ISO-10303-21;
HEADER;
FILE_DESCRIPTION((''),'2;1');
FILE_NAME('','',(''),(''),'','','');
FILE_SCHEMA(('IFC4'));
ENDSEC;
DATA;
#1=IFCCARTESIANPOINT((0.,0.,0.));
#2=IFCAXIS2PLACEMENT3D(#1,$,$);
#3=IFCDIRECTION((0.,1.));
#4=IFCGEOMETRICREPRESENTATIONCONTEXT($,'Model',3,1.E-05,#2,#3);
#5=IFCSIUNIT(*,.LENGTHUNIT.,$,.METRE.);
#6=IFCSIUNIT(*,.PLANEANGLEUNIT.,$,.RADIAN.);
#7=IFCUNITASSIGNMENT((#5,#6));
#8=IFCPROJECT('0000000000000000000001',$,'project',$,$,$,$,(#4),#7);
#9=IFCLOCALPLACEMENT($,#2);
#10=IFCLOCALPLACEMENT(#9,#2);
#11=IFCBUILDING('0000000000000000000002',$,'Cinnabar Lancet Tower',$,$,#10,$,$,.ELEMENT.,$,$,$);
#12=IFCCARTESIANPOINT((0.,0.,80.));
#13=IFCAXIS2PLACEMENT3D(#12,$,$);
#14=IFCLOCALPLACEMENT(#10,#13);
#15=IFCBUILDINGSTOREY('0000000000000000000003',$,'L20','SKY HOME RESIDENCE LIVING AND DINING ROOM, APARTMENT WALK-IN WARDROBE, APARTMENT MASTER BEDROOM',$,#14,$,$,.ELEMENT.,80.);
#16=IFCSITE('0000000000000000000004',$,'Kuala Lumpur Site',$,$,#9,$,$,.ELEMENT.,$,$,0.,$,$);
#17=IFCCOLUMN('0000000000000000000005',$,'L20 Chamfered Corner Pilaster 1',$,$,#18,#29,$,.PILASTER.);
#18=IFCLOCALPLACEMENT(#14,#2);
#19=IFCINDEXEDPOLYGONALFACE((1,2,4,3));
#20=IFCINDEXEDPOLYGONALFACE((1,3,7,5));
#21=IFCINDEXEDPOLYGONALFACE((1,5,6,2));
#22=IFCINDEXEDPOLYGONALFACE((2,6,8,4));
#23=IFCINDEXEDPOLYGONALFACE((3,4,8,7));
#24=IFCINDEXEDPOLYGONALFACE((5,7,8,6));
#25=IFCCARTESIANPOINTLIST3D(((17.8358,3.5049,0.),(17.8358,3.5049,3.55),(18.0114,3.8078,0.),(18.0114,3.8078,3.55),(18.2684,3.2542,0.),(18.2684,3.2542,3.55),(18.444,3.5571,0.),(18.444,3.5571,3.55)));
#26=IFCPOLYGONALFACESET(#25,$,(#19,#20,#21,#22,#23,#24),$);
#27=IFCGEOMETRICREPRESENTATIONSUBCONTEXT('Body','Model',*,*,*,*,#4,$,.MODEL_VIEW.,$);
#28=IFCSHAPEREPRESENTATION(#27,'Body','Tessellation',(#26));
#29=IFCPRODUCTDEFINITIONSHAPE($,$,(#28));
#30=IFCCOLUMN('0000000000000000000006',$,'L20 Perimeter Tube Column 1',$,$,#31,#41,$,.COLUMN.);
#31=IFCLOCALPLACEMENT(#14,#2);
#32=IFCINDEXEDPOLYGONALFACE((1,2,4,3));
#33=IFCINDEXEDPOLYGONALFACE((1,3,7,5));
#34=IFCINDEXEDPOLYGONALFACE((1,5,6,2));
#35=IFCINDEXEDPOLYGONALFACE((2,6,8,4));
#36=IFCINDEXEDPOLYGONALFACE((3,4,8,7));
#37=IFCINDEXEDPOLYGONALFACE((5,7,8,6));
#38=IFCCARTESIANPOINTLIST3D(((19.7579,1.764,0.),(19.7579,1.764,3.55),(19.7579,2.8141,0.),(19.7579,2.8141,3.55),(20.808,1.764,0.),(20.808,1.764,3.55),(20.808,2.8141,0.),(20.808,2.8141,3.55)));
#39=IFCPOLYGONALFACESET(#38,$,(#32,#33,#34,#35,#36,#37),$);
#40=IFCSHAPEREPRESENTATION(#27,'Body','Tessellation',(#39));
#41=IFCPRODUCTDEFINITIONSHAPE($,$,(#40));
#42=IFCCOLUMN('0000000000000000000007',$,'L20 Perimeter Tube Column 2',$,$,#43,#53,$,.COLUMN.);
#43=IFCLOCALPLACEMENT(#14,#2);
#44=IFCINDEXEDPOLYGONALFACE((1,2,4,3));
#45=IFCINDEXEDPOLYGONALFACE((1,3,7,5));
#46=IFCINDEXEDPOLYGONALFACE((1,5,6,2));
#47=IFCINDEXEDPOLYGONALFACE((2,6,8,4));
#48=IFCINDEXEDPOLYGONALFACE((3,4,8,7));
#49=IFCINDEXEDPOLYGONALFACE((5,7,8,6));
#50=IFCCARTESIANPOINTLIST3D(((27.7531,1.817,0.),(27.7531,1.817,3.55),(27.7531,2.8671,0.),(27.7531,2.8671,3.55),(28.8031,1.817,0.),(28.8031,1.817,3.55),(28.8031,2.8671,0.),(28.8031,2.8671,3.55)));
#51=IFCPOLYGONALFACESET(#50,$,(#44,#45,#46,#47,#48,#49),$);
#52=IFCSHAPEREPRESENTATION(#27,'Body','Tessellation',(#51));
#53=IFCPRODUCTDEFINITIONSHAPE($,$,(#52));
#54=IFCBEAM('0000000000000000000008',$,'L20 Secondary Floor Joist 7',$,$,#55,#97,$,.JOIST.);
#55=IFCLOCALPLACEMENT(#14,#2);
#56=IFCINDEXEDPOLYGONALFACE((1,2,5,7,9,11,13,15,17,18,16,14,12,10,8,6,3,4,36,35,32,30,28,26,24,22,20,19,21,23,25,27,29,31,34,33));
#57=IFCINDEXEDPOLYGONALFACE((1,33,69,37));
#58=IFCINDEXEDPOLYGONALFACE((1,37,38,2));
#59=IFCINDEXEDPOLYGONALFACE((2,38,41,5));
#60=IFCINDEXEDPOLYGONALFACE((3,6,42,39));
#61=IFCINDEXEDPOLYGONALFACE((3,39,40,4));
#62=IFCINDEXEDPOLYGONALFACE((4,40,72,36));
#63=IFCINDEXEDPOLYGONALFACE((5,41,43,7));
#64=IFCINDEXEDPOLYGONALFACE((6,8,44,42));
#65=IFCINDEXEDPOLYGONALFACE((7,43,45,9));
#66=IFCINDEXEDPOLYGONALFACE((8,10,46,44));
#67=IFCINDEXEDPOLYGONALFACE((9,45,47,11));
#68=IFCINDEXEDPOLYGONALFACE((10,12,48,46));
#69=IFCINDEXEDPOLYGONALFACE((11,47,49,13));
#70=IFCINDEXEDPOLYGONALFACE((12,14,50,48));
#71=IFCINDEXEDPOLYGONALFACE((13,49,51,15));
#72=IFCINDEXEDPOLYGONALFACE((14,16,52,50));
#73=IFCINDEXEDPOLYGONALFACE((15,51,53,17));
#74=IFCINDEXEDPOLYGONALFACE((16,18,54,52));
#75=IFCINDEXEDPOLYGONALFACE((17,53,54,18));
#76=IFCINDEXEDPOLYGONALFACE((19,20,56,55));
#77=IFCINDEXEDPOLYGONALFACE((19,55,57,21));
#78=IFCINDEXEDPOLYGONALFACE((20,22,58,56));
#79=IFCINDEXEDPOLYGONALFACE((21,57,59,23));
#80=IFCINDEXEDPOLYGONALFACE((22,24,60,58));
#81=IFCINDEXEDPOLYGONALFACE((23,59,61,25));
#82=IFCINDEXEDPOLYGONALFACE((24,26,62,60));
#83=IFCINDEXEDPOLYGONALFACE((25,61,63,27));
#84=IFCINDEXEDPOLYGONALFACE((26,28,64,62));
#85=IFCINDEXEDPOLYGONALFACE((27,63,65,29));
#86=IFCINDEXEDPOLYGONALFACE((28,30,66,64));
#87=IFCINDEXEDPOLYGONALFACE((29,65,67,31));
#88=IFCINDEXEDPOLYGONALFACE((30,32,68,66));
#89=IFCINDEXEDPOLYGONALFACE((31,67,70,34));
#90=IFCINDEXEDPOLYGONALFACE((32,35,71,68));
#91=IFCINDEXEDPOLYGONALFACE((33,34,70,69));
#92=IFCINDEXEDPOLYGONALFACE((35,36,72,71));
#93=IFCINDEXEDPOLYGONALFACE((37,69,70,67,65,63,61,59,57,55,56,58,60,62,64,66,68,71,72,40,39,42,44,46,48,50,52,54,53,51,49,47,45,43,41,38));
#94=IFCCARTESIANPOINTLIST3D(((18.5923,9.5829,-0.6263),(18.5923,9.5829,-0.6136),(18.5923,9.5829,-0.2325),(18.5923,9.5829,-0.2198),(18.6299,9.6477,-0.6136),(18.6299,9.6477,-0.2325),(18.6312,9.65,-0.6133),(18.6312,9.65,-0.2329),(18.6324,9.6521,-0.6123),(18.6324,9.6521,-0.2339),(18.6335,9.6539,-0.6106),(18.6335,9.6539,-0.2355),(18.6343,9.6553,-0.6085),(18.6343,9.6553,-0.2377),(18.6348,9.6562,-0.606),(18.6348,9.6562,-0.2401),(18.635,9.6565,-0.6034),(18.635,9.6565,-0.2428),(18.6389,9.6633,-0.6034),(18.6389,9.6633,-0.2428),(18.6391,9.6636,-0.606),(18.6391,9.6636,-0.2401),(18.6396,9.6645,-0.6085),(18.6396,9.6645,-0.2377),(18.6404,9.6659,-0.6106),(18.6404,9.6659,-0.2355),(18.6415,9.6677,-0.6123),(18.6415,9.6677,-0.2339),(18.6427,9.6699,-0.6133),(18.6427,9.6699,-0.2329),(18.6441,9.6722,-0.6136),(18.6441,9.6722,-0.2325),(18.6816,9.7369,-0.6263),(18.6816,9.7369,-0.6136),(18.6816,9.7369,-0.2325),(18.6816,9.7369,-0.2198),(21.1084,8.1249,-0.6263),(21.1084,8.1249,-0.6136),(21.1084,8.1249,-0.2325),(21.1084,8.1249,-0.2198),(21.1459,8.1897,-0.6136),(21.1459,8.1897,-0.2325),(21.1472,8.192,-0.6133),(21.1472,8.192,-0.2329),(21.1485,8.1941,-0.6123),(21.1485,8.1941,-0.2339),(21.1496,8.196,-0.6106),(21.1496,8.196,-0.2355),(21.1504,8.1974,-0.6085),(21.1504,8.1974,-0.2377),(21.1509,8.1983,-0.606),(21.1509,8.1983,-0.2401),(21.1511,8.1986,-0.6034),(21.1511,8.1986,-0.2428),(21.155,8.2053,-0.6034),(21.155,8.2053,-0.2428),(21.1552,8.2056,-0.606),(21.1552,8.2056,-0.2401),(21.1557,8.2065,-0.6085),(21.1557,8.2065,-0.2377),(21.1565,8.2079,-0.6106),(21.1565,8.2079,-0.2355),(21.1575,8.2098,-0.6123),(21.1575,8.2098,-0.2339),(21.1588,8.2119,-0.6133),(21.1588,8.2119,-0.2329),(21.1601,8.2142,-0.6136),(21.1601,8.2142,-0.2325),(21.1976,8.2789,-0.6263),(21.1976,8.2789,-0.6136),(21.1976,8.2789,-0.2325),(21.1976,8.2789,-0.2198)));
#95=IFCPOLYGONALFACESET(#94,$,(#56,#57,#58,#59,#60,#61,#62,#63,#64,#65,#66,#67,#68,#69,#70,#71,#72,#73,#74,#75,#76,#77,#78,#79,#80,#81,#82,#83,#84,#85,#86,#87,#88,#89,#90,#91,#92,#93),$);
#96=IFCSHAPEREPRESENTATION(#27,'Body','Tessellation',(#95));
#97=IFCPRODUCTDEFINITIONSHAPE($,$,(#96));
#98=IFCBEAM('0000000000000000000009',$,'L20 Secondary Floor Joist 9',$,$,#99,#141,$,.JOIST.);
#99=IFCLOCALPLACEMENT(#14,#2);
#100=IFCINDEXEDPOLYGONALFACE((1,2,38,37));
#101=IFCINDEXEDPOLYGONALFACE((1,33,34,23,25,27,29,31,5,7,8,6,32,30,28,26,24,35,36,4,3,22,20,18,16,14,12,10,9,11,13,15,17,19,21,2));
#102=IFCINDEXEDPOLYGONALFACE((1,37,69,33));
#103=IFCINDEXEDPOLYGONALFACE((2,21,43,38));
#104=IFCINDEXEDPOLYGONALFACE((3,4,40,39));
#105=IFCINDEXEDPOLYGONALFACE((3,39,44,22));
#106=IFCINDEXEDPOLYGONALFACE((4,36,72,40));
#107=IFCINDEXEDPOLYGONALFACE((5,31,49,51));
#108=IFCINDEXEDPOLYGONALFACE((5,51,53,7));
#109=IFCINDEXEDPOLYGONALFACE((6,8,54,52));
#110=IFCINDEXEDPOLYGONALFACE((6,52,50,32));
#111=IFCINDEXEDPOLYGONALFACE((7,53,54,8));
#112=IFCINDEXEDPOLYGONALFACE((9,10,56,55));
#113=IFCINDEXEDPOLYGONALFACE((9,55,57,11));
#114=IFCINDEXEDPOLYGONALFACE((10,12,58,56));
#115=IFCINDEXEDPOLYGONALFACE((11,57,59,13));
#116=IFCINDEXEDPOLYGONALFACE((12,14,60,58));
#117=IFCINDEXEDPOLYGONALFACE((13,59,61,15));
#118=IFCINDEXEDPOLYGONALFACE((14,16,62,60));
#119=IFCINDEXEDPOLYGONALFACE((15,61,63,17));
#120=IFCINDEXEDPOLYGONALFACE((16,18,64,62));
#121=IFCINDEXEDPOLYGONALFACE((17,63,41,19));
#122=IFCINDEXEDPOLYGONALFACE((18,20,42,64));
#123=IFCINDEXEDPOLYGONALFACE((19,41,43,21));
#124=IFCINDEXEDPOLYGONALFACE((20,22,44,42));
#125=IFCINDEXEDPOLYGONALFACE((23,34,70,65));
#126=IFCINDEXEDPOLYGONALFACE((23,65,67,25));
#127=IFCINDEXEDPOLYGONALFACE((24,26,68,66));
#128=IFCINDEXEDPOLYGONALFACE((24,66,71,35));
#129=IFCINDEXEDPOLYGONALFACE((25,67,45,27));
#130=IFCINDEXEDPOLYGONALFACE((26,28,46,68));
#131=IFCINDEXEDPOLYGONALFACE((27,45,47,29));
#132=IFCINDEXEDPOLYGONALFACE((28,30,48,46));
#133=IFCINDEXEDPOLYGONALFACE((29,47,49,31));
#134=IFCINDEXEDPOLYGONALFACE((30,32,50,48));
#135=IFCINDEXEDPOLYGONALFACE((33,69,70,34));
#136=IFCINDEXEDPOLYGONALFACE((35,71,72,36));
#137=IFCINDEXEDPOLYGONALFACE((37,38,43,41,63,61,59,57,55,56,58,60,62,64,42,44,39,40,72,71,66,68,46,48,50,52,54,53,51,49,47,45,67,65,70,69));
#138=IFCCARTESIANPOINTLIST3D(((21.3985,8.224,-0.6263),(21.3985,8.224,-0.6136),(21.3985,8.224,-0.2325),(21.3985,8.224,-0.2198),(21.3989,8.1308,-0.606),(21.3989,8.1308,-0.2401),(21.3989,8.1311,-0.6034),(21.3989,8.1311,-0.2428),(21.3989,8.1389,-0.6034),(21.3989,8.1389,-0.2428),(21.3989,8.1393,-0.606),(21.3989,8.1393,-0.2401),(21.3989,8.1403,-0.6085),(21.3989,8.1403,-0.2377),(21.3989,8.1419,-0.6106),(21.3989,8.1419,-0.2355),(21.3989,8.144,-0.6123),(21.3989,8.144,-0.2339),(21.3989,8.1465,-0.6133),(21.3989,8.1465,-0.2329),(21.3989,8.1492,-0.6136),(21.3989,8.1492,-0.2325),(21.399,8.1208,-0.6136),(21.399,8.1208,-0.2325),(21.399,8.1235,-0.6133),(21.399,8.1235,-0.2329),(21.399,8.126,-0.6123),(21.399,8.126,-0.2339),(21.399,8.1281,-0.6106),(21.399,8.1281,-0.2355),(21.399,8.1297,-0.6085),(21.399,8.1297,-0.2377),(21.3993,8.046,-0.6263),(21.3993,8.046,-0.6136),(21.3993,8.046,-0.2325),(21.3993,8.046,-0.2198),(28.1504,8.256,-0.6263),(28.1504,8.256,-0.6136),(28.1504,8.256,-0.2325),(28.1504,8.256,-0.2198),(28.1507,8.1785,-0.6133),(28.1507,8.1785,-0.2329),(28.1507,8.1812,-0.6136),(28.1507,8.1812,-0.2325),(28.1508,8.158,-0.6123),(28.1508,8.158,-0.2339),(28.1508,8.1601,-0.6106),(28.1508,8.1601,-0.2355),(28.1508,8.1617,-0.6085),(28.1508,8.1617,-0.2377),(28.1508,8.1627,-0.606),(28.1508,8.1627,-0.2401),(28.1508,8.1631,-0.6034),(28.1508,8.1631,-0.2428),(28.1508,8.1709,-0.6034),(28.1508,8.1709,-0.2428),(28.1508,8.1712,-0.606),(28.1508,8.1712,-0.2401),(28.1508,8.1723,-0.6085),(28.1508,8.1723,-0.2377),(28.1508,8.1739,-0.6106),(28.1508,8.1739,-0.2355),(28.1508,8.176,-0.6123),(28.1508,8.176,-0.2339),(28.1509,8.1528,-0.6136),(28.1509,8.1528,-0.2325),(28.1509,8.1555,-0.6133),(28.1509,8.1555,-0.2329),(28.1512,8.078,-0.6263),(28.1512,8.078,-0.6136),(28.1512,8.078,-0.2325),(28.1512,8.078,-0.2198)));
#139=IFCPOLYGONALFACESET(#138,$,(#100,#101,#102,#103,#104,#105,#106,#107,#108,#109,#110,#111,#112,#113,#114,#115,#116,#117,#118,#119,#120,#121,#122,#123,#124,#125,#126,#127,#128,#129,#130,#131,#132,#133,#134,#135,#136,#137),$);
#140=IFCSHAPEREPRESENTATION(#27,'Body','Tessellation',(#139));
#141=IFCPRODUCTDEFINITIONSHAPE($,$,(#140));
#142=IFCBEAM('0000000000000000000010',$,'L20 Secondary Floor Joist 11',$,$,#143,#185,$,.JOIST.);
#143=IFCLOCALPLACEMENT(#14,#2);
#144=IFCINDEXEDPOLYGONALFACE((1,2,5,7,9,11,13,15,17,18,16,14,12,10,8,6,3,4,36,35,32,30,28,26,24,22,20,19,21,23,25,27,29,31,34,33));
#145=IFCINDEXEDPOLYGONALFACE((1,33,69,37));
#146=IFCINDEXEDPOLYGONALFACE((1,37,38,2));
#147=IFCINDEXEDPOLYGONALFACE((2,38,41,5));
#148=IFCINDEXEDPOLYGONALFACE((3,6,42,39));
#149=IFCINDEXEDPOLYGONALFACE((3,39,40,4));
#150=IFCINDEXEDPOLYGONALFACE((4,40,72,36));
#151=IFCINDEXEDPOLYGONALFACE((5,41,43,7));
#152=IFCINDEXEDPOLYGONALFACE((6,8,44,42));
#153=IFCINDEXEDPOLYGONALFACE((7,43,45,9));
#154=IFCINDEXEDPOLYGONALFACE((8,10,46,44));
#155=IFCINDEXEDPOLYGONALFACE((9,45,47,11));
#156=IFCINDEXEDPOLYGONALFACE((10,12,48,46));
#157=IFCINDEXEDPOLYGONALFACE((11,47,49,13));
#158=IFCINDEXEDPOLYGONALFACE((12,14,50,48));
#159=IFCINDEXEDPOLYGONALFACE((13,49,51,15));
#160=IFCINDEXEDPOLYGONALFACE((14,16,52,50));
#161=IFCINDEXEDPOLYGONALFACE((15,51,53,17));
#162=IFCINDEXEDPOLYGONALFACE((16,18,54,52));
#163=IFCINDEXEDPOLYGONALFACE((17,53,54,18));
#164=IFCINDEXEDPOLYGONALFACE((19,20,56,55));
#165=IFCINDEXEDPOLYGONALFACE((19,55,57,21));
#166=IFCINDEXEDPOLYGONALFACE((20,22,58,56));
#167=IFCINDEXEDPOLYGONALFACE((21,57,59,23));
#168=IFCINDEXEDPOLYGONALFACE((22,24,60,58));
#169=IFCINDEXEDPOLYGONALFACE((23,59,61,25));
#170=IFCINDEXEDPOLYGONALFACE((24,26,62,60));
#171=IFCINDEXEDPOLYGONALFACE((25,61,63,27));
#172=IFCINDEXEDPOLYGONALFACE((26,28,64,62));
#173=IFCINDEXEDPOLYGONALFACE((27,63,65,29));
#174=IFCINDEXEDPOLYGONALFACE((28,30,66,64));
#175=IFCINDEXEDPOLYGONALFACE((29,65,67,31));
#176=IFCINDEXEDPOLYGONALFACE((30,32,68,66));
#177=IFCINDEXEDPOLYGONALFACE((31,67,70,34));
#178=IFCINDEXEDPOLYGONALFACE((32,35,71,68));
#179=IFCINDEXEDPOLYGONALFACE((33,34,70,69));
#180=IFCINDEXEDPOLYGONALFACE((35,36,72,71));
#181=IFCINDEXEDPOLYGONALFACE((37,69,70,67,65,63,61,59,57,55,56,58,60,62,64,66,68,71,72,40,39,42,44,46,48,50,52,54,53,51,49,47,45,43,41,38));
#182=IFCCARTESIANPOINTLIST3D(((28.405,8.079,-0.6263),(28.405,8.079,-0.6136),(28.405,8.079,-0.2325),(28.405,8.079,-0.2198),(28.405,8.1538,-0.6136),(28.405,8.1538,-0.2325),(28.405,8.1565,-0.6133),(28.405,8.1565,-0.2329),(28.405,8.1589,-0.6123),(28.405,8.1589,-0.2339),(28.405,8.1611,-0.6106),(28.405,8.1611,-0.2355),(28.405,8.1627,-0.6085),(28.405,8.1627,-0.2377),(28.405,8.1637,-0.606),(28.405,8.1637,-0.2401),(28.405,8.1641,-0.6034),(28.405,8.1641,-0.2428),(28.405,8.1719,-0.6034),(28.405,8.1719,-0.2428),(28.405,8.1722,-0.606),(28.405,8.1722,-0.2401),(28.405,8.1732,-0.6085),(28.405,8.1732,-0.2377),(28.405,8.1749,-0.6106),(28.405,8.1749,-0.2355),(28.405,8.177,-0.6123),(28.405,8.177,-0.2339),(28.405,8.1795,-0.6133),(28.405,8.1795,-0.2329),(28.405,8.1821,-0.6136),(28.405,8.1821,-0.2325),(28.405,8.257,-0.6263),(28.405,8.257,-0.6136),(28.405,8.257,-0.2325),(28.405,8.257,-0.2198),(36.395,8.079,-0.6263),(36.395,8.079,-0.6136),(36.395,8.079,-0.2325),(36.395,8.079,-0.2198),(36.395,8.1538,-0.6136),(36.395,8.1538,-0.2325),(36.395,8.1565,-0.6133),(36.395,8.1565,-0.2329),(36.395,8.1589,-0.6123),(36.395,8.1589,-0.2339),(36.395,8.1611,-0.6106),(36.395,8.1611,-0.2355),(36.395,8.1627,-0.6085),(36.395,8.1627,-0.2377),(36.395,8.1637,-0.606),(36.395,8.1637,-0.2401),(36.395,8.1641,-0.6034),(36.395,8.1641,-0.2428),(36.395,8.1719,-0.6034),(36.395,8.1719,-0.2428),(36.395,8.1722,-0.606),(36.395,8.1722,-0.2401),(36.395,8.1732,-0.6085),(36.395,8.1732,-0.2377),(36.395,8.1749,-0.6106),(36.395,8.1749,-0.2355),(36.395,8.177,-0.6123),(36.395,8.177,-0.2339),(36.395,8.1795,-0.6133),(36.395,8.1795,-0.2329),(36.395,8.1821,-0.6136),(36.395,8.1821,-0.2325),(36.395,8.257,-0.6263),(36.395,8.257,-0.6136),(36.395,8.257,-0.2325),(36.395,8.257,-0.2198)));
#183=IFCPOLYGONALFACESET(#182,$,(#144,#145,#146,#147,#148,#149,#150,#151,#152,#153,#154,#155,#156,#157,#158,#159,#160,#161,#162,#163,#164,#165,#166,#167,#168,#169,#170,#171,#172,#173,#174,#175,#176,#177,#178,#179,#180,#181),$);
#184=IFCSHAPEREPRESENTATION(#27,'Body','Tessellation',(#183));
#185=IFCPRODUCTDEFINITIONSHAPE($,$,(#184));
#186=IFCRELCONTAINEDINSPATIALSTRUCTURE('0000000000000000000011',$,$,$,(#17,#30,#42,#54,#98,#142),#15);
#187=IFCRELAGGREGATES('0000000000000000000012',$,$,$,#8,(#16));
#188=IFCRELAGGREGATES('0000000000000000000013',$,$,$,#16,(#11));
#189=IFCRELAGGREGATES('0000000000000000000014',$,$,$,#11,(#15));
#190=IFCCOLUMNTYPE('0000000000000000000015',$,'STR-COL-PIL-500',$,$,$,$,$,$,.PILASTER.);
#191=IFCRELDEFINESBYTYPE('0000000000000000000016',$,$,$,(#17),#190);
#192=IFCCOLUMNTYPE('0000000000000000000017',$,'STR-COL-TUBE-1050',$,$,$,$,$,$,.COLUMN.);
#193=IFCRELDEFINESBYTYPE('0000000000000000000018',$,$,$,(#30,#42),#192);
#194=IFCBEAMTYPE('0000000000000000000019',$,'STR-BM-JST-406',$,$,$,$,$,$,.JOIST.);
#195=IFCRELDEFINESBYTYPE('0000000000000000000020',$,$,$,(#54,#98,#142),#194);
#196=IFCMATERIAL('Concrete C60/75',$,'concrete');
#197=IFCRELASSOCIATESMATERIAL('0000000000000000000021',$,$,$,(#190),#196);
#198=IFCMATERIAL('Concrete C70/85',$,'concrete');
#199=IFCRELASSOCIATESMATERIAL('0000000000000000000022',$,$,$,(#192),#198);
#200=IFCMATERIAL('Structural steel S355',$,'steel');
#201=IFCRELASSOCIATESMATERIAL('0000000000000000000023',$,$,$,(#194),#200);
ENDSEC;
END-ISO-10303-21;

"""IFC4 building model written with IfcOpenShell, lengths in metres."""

from ifc_helpers import new_model, si_unit, direction, frame, origin, origin_2d, place, context, subcontext, project, spatial, rectangle, i_section, extrude, material, material_profile, profile_set, type_object, element, save


model = new_model("IFC4")

# Units and contexts
model_context = context("Model", 3, precision=1e-05, world=origin(), true_north=direction((0.0, 1.0)))
body_context = subcontext(model_context, "Body", "Model", "MODEL_VIEW")
ifc_project = project(units=[si_unit("LENGTHUNIT", "METRE"), si_unit("PLANEANGLEUNIT", "RADIAN")], contexts=[model_context])

# Site, building, storey
site_placement = place(None, origin())
site = spatial("IfcSite", under=ifc_project, at=site_placement, Name="Kuala Lumpur Site", CompositionType="ELEMENT", RefElevation=0.0)
building_placement = place(site_placement, origin())
building = spatial("IfcBuilding", under=site, at=building_placement, Name="Cinnabar Lancet Tower", CompositionType="ELEMENT")
storey_placement = place(building_placement, frame((0.0, 0.0, 80.0)))
storey = spatial("IfcBuildingStorey", under=building, at=storey_placement, Name="L20", Description="SKY HOME RESIDENCE LIVING AND DINING ROOM, APARTMENT WALK-IN WARDROBE, APARTMENT MASTER BEDROOM", CompositionType="ELEMENT", Elevation=80.0)

# Columns
ifc_material_1 = material(Name="Concrete C60/75", Category="concrete")
ifc_material_profile_1 = material_profile(ifc_material_1, rectangle(XDim=0.5, YDim=0.3501, at=origin_2d()), Name="RC-PIL 500x350")
ifc_profile_set_1 = profile_set([ifc_material_profile_1], Name="Concrete C60/75")
column_type_1 = type_object("IfcColumnType", Name="STR-COL-PIL-500", PredefinedType="PILASTER", material=ifc_profile_set_1)
column_placement = place(storey_placement, frame((18.1399, 3.531, 0.0), z_axis=(0.0, 0.0, 1.0), x_axis=(0.865195, -0.501435, 0.0)))
element("IfcColumn", 1, at=column_placement, inside=storey, type_object=column_type_1, Name="L20 Chamfered Corner Pilaster 1", PredefinedType="PILASTER", context=body_context, shape_type="SweptSolid", body=[
    extrude(rectangle(XDim=0.5, YDim=0.3501, at=origin_2d()), origin(), (0.0, 0.0, 1.0), 3.55),
])
ifc_material_2 = material(Name="Concrete C70/85", Category="concrete")
ifc_material_profile_2 = material_profile(ifc_material_2, rectangle(XDim=1.05, YDim=1.05, at=origin_2d()), Name="RC-COL 1050x1050")
ifc_profile_set_2 = profile_set([ifc_material_profile_2], Name="Concrete C70/85")
column_type_2 = type_object("IfcColumnType", Name="STR-COL-TUBE-1050", PredefinedType="COLUMN", material=ifc_profile_set_2)
for number, where, z_axis, x_axis, name in (
    (2, (20.283, 2.2891, 0.0), (0.0, 0.0, 1.0), (1.0, 0.0, 0.0), "L20 Perimeter Tube Column 1"),
    (3, (28.2781, 2.342, 0.0), (0.0, 0.0, 1.0), (1.0, 0.0, 0.0), "L20 Perimeter Tube Column 2"),
):
    element("IfcColumn", number, at=place(storey_placement, frame(where, z_axis=z_axis, x_axis=x_axis)), inside=storey, type_object=column_type_2, Name=name, PredefinedType="COLUMN", context=body_context, shape_type="SweptSolid", body=[
        extrude(rectangle(XDim=1.05, YDim=1.05, at=origin_2d()), origin(), (0.0, 0.0, 1.0), 3.55),
    ])

# Beams
ifc_material_3 = material(Name="Structural steel S355", Category="steel")
ifc_material_profile_3 = material_profile(ifc_material_3, i_section(OverallWidth=0.178, OverallDepth=0.4065, WebThickness=0.0078, FlangeThickness=0.0127, FilletRadius=0.0103, at=origin_2d()), Name="UKB 406x178x60")
ifc_profile_set_3 = profile_set([ifc_material_profile_3], Name="Structural steel S355")
beam_type_1 = type_object("IfcBeamType", Name="STR-BM-JST-406", PredefinedType="JOIST", material=ifc_profile_set_3)
beam_1_placement = place(storey_placement, frame((18.637, 9.6599, -0.4231), z_axis=(0.865231, -0.501374, 0.0), x_axis=(0.501374, 0.865231, 0.0)))
element("IfcBeam", 4, at=beam_1_placement, inside=storey, type_object=beam_type_1, Name="L20 Secondary Floor Joist 7", PredefinedType="JOIST", context=body_context, shape_type="SweptSolid", body=[
    extrude(i_section(OverallWidth=0.178, OverallDepth=0.4065, WebThickness=0.0078, FlangeThickness=0.0127, FilletRadius=0.0103, at=origin_2d()), origin(), (0.0, 0.0, 1.0), 2.908),
])
beam_2_placement = place(storey_placement, frame((21.3989, 8.135, -0.4231), z_axis=(0.999989, 0.004737, 0.0), x_axis=(-0.004737, 0.999989, 0.0)))
element("IfcBeam", 5, at=beam_2_placement, inside=storey, type_object=beam_type_1, Name="L20 Secondary Floor Joist 9", PredefinedType="JOIST", context=body_context, shape_type="SweptSolid", body=[
    extrude(i_section(OverallWidth=0.178, OverallDepth=0.4065, WebThickness=0.0078, FlangeThickness=0.0127, FilletRadius=0.0103, at=origin_2d()), origin(), (0.0, 0.0, 1.0), 6.752),
])
beam_3_placement = place(storey_placement, frame((28.405, 8.168, -0.4231), z_axis=(1.0, 0.0, 0.0), x_axis=(0.0, 1.0, 0.0)))
element("IfcBeam", 6, at=beam_3_placement, inside=storey, type_object=beam_type_1, Name="L20 Secondary Floor Joist 11", PredefinedType="JOIST", context=body_context, shape_type="SweptSolid", body=[
    extrude(i_section(OverallWidth=0.178, OverallDepth=0.4065, WebThickness=0.0078, FlangeThickness=0.0127, FilletRadius=0.0103, at=origin_2d()), origin(), (0.0, 0.0, 1.0), 7.99),
])

save(model, "model.ifc")
